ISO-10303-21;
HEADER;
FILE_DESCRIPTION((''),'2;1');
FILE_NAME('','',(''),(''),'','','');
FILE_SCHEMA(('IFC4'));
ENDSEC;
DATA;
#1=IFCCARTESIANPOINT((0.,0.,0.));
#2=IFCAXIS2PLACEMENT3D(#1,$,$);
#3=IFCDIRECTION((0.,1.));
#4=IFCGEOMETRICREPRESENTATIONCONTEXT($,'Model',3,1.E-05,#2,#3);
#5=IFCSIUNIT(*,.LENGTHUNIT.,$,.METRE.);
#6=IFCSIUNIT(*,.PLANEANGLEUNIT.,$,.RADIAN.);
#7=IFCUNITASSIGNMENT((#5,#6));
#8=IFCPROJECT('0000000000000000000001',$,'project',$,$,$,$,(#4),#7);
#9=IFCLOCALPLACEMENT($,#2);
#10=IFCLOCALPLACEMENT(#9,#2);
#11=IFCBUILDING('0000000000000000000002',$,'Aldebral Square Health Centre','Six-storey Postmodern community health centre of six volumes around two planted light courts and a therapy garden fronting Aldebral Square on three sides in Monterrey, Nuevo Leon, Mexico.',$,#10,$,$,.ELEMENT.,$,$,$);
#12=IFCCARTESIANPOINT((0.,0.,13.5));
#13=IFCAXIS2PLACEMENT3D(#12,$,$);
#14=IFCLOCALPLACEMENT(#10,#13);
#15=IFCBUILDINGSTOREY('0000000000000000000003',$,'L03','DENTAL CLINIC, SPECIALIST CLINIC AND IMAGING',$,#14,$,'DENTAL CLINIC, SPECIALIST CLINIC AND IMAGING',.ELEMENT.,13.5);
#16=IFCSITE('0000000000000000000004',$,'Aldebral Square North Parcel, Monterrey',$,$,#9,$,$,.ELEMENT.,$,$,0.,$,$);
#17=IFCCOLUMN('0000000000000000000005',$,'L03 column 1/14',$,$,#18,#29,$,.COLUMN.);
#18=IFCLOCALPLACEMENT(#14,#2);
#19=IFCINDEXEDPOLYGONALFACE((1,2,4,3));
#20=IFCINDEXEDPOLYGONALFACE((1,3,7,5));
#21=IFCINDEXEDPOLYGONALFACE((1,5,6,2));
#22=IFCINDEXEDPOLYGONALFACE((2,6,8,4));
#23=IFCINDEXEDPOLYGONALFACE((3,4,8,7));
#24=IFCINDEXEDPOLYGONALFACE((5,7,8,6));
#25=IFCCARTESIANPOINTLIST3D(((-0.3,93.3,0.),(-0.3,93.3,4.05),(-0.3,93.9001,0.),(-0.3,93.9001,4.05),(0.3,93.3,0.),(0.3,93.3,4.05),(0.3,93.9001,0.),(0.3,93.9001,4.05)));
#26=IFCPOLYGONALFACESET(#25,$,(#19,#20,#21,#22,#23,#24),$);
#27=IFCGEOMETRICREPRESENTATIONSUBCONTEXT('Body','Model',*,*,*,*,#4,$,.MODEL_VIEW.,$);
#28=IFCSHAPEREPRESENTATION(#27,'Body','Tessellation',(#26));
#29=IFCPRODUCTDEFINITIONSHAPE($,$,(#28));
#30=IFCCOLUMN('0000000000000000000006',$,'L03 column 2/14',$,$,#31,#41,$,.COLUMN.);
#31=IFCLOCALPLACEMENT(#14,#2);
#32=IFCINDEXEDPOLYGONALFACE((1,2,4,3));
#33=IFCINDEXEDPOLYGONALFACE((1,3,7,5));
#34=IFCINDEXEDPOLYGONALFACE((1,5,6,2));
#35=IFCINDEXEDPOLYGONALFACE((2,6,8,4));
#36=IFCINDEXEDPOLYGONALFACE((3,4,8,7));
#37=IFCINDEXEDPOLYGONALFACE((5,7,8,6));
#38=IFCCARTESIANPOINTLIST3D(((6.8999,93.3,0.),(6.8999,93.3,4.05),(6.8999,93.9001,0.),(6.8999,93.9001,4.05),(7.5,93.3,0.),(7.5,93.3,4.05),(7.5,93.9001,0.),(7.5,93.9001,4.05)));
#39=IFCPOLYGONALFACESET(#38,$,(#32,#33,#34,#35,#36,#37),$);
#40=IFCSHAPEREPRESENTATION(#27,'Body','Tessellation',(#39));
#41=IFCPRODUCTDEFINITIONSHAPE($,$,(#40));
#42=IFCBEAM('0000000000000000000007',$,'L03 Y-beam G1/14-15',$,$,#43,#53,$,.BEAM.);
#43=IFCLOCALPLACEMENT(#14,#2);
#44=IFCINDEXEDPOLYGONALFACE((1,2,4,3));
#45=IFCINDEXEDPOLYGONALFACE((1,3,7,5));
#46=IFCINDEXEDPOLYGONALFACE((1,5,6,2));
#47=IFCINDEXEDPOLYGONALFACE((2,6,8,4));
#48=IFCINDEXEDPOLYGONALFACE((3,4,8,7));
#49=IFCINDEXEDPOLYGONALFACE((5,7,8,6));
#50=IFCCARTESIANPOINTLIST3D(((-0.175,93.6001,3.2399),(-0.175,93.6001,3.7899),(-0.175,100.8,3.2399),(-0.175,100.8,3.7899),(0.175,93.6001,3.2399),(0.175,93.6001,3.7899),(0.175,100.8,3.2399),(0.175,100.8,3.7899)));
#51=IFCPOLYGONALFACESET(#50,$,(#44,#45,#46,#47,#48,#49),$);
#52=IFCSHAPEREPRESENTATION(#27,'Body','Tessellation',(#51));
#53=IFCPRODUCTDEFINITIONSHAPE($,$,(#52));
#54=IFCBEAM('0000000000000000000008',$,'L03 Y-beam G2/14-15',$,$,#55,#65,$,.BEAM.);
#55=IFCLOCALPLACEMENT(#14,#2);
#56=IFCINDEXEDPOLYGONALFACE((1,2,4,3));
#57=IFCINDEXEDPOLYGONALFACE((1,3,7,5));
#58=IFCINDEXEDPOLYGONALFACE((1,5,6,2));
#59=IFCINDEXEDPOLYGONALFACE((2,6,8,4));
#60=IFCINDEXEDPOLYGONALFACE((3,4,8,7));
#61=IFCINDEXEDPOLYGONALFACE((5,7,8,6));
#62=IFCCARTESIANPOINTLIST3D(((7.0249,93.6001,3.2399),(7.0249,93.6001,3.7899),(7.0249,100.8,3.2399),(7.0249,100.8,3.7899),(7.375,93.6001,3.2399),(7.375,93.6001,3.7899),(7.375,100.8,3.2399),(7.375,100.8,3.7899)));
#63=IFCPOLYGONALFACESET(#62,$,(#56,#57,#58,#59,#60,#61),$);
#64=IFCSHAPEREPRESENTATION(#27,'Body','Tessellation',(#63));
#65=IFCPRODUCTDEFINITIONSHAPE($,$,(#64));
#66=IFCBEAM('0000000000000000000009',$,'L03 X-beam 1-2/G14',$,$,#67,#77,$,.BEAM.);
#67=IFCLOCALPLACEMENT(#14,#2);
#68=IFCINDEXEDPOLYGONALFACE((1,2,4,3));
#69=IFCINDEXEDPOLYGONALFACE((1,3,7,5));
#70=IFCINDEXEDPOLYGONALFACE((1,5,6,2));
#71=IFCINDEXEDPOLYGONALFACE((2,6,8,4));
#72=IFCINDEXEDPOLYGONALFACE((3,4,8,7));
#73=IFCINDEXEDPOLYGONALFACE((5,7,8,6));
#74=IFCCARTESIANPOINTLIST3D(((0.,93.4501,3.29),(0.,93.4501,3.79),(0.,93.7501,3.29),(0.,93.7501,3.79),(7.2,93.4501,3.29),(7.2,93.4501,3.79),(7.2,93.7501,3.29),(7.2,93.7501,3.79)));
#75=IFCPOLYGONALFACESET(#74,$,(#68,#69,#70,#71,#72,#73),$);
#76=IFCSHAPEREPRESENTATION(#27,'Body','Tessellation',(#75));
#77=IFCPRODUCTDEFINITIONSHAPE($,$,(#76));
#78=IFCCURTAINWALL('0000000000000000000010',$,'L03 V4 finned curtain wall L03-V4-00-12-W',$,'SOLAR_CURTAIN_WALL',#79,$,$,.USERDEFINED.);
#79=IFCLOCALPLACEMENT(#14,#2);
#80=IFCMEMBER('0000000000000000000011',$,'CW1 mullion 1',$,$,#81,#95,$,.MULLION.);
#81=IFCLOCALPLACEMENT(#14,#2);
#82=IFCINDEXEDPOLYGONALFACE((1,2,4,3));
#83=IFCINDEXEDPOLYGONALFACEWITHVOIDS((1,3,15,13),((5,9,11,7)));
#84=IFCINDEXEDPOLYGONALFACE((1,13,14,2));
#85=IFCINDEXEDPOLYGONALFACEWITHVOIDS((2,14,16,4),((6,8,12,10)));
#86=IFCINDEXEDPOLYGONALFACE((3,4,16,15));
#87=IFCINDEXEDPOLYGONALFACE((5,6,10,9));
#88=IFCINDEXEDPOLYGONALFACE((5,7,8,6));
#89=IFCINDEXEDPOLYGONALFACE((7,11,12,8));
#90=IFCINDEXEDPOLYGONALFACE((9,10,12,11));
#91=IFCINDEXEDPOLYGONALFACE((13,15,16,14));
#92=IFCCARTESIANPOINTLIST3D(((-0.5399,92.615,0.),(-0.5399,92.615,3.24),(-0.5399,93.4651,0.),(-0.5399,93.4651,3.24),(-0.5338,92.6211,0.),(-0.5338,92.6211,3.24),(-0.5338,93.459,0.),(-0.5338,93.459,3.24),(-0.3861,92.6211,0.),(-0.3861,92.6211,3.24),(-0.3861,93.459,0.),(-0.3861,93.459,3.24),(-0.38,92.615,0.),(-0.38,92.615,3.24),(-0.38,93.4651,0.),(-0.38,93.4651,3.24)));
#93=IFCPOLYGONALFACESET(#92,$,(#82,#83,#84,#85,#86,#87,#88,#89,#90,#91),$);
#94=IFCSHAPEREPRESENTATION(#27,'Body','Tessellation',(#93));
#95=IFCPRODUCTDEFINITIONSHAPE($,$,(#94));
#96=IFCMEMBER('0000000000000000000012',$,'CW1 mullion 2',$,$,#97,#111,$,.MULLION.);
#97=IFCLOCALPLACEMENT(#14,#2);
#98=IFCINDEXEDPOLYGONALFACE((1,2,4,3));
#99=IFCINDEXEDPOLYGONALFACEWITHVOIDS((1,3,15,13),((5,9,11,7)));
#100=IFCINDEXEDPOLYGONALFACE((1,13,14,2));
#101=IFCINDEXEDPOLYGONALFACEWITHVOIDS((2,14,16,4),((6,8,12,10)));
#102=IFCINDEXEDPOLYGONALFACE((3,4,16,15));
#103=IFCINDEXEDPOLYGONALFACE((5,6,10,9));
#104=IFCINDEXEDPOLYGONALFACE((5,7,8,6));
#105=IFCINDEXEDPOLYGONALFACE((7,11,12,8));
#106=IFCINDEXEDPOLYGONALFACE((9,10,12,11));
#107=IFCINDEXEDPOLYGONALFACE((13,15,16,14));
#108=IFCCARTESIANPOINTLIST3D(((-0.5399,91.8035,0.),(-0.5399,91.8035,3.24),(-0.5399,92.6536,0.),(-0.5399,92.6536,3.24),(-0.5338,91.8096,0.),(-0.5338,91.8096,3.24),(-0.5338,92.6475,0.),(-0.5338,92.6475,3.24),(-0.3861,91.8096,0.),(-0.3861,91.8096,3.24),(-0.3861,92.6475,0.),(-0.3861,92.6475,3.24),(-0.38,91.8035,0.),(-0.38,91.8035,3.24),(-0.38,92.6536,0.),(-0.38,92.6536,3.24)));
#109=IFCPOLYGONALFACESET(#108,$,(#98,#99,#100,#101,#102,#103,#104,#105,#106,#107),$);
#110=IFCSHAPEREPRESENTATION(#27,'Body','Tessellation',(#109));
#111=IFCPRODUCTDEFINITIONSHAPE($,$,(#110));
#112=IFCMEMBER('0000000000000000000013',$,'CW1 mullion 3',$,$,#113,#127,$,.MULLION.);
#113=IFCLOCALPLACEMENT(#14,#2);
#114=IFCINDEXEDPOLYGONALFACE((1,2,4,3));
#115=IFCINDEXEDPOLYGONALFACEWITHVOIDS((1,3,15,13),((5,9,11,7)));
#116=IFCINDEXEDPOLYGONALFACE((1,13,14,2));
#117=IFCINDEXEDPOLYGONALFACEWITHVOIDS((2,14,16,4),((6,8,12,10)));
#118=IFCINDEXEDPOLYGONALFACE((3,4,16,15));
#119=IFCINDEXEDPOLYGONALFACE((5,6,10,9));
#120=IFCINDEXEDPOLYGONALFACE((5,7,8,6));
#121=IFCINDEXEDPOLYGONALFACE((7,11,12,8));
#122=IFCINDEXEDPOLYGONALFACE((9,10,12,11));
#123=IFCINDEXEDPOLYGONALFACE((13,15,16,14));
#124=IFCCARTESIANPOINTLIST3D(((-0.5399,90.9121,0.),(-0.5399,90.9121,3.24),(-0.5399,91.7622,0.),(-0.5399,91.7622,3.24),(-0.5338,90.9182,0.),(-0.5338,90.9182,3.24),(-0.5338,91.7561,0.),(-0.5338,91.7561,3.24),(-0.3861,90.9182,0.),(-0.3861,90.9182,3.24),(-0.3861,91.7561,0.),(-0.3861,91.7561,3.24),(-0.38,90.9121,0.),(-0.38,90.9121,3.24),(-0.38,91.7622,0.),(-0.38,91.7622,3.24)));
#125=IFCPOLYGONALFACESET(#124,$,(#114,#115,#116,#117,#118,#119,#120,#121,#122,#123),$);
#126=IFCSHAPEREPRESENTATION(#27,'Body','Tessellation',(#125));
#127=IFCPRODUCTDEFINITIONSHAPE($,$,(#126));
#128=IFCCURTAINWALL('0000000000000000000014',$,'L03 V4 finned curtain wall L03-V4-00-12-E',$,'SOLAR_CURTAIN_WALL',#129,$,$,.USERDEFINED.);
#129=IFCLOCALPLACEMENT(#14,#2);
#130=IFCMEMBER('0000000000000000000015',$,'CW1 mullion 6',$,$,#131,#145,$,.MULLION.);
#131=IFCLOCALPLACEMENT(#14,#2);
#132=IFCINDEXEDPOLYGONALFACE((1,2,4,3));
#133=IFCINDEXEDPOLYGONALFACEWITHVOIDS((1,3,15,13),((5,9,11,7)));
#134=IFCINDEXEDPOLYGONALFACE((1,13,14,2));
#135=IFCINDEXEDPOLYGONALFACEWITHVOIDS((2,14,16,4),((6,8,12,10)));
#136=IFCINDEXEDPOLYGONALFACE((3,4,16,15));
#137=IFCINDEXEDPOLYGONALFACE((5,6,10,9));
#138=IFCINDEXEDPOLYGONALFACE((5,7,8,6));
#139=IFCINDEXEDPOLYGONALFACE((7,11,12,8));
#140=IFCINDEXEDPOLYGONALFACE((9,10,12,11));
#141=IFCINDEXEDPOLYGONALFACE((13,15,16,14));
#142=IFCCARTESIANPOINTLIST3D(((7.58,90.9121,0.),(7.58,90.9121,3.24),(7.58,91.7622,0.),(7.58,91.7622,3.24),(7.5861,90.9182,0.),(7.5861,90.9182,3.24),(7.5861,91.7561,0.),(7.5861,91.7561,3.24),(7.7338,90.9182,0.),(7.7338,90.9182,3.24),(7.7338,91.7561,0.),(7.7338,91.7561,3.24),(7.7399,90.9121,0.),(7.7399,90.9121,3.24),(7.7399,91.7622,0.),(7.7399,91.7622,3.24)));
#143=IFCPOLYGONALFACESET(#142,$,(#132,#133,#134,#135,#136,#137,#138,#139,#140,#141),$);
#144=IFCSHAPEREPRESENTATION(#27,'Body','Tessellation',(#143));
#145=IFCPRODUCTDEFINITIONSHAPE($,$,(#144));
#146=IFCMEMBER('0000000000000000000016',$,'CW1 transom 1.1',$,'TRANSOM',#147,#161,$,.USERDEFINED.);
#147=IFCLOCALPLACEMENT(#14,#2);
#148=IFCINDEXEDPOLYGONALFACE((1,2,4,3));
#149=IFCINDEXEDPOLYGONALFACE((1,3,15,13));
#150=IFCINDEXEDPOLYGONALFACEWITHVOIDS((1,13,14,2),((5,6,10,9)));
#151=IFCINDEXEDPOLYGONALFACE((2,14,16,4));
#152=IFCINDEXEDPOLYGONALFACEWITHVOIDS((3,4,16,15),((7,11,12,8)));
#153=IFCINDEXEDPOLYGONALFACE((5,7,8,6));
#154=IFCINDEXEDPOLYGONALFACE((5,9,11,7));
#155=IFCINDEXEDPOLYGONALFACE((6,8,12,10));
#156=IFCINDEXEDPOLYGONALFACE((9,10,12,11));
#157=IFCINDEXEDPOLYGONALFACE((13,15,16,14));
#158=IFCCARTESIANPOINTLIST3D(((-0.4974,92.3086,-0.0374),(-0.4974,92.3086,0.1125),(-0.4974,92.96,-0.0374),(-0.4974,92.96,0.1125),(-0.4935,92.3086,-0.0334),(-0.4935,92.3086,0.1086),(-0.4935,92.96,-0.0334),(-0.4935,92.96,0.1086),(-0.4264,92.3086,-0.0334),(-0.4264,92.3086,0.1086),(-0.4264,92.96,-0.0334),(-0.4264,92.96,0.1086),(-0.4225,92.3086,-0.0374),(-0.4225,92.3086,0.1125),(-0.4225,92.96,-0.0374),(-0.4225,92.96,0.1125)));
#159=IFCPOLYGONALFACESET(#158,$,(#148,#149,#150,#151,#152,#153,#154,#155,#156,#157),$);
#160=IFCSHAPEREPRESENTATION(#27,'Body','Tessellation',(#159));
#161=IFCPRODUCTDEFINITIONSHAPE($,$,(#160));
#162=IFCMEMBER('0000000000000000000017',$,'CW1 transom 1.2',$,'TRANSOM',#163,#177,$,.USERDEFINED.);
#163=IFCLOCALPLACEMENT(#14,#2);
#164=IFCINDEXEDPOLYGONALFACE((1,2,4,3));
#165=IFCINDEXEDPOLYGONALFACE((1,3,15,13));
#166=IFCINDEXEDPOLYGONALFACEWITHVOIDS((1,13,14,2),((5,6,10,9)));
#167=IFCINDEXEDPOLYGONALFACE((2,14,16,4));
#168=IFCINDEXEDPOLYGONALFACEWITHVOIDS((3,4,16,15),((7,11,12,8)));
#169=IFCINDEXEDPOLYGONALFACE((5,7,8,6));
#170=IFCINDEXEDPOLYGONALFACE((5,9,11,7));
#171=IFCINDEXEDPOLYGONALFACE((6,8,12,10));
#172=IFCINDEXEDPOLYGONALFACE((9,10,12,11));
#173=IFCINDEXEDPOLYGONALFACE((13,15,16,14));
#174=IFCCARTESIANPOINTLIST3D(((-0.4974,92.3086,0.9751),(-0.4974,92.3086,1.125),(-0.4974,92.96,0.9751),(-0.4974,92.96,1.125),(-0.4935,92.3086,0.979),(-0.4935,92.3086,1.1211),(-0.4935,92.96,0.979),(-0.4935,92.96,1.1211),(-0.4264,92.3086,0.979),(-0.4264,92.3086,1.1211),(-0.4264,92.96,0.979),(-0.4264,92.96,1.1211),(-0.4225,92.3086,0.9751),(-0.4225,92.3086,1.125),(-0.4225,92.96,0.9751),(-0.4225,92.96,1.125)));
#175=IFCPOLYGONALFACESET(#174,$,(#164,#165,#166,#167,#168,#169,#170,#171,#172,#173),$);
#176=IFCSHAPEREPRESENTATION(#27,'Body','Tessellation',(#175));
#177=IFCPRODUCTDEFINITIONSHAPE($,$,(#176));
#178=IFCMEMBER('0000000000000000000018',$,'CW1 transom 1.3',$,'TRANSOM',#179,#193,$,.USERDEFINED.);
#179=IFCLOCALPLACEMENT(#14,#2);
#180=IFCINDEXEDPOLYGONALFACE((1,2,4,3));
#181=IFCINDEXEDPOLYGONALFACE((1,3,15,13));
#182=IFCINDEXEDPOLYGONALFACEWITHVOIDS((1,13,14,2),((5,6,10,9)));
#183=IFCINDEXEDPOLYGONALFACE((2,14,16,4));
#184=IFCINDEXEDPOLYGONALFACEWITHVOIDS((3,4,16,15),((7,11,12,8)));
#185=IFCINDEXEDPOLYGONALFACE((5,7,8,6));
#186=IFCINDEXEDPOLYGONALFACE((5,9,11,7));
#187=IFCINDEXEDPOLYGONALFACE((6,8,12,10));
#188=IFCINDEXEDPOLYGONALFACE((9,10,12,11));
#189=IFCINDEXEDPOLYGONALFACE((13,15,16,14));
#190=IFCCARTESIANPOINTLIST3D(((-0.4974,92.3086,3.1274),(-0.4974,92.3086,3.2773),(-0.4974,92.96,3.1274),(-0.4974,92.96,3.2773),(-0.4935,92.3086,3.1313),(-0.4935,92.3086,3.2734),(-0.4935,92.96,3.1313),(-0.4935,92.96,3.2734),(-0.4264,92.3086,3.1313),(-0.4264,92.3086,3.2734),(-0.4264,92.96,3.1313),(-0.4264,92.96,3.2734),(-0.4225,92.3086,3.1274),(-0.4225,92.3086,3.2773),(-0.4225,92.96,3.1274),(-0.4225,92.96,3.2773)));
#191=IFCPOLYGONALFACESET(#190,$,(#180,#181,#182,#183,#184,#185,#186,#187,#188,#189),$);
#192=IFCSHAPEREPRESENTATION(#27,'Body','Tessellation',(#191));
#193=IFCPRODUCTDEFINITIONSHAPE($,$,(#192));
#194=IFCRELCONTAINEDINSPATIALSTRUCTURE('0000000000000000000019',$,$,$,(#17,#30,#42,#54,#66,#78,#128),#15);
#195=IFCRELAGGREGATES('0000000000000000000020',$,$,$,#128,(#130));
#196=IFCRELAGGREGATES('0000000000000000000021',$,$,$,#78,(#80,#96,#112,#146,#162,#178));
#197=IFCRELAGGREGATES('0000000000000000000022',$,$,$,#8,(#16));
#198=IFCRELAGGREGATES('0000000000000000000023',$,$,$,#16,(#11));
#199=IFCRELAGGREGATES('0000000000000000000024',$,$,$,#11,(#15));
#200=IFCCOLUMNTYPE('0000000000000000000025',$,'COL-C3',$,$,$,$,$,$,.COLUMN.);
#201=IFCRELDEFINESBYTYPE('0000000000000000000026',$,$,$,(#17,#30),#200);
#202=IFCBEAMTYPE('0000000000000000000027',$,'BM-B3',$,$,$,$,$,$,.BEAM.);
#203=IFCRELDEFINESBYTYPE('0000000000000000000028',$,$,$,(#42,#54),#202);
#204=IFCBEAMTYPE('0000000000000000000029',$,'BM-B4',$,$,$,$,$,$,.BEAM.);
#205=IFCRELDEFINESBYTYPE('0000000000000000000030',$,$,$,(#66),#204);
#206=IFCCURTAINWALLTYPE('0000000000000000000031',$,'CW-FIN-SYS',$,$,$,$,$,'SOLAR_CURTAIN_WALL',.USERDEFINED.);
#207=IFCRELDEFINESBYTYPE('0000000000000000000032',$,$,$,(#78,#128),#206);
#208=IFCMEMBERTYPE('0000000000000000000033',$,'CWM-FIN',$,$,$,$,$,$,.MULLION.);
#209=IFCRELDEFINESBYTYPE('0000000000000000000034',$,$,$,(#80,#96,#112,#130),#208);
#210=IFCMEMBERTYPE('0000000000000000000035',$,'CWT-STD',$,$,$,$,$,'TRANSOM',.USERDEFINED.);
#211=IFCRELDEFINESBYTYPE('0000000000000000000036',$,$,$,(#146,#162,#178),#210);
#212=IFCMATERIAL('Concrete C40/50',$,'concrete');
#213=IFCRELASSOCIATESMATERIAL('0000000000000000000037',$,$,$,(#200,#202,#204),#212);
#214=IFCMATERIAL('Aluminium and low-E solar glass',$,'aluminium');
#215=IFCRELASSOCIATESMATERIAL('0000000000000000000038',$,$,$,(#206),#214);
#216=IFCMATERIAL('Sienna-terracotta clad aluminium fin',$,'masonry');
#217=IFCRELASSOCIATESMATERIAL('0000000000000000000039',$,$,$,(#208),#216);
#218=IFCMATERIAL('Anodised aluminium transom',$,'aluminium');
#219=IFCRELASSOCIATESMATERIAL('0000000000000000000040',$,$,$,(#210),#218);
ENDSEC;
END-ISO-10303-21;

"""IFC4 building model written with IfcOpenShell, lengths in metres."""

from ifc_helpers import new_model, si_unit, direction, frame, origin, origin_2d, place, context, subcontext, project, spatial, rectangle, hollow_rectangle, extrude, material, material_profile, profile_set, type_object, element, aggregate, save


model = new_model("IFC4")

# Units and contexts
model_context = context("Model", 3, precision=1e-05, world=origin(), true_north=direction((0.0, 1.0)))
body_context = subcontext(model_context, "Body", "Model", "MODEL_VIEW")
ifc_project = project(units=[si_unit("LENGTHUNIT", "METRE"), si_unit("PLANEANGLEUNIT", "RADIAN")], contexts=[model_context])

# Site, building, storey
site_placement = place(None, origin())
site = spatial("IfcSite", under=ifc_project, at=site_placement, Name="Aldebral Square North Parcel, Monterrey", CompositionType="ELEMENT", RefElevation=0.0)
building_placement = place(site_placement, origin())
building = spatial("IfcBuilding", under=site, at=building_placement, Name="Aldebral Square Health Centre", Description="Six-storey Postmodern community health centre of six volumes around two planted light courts and a therapy garden fronting Aldebral Square on three sides in Monterrey, Nuevo Leon, Mexico.", CompositionType="ELEMENT")
storey_placement = place(building_placement, frame((0.0, 0.0, 13.5)))
storey = spatial("IfcBuildingStorey", under=building, at=storey_placement, Name="L03", Description="DENTAL CLINIC, SPECIALIST CLINIC AND IMAGING", LongName="DENTAL CLINIC, SPECIALIST CLINIC AND IMAGING", CompositionType="ELEMENT", Elevation=13.5)

# Columns
ifc_material_1 = material(Name="Concrete C40/50", Category="concrete")
ifc_material_profile_1 = material_profile(ifc_material_1, rectangle(XDim=0.6001, YDim=0.6001, at=origin_2d()), Name="RC 600x600")
ifc_profile_set_1 = profile_set([ifc_material_profile_1], Name="Concrete C40/50")
column_type = type_object("IfcColumnType", Name="COL-C3", PredefinedType="COLUMN", material=ifc_profile_set_1)
for number, where, z_axis, x_axis, name in (
    (1, (0.0, 93.6001, 0.0), (0.0, 0.0, 1.0), (1.0, 0.0, 0.0), "L03 column 1/14"),
    (2, (7.2, 93.6001, 0.0), (0.0, 0.0, 1.0), (1.0, 0.0, 0.0), "L03 column 2/14"),
):
    element("IfcColumn", number, at=place(storey_placement, frame(where, z_axis=z_axis, x_axis=x_axis)), inside=storey, type_object=column_type, Name=name, PredefinedType="COLUMN", context=body_context, shape_type="SweptSolid", body=[
        extrude(rectangle(XDim=0.6001, YDim=0.6001, at=origin_2d()), origin(), (0.0, 0.0, 1.0), 4.05),
    ])

# Beams
ifc_material_profile_2 = material_profile(ifc_material_1, rectangle(XDim=0.3501, YDim=0.55, at=origin_2d()), Name="RC 350x550")
ifc_profile_set_2 = profile_set([ifc_material_profile_2], Name="Concrete C40/50")
beam_type_1 = type_object("IfcBeamType", Name="BM-B3", PredefinedType="BEAM", material=ifc_profile_set_2)
for number, where, z_axis, x_axis, name in (
    (3, (0.0, 93.6001, 3.5149), (0.0, 1.0, 0.0), (-1.0, 0.0, 0.0), "L03 Y-beam G1/14-15"),
    (4, (7.2, 93.6001, 3.5149), (0.0, 1.0, 0.0), (-1.0, 0.0, 0.0), "L03 Y-beam G2/14-15"),
):
    element("IfcBeam", number, at=place(storey_placement, frame(where, z_axis=z_axis, x_axis=x_axis)), inside=storey, type_object=beam_type_1, Name=name, PredefinedType="BEAM", context=body_context, shape_type="SweptSolid", body=[
        extrude(rectangle(XDim=0.3501, YDim=0.55, at=origin_2d()), origin(), (0.0, 0.0, 1.0), 7.2),
    ])
ifc_material_profile_3 = material_profile(ifc_material_1, rectangle(XDim=0.3, YDim=0.5, at=origin_2d()), Name="RC 300x500")
ifc_profile_set_3 = profile_set([ifc_material_profile_3], Name="Concrete C40/50")
beam_type_2 = type_object("IfcBeamType", Name="BM-B4", PredefinedType="BEAM", material=ifc_profile_set_3)
beam_placement = place(storey_placement, frame((0.0, 93.6001, 3.54), z_axis=(1.0, 0.0, 0.0), x_axis=(0.0, 1.0, 0.0)))
element("IfcBeam", 5, at=beam_placement, inside=storey, type_object=beam_type_2, Name="L03 X-beam 1-2/G14", PredefinedType="BEAM", context=body_context, shape_type="SweptSolid", body=[
    extrude(rectangle(XDim=0.3, YDim=0.5, at=origin_2d()), origin(), (0.0, 0.0, 1.0), 7.2),
])

# Curtain wall, members
ifc_material_2 = material(Name="Aluminium and low-E solar glass", Category="aluminium")
curtain_wall_type = type_object("IfcCurtainWallType", Name="CW-FIN-SYS", ElementType="SOLAR_CURTAIN_WALL", PredefinedType="USERDEFINED", material=ifc_material_2)
curtain_wall_1_placement = place(storey_placement, origin())
curtain_wall_1 = element("IfcCurtainWall", 6, at=curtain_wall_1_placement, inside=storey, type_object=curtain_wall_type, Name="L03 V4 finned curtain wall L03-V4-00-12-W", ObjectType="SOLAR_CURTAIN_WALL", PredefinedType="USERDEFINED")
ifc_material_3 = material(Name="Sienna-terracotta clad aluminium fin", Category="masonry")
ifc_material_profile_4 = material_profile(ifc_material_3, hollow_rectangle(XDim=0.1599, YDim=0.8501, WallThickness=0.0061, at=origin_2d()), Name="FIN 160x850x6")
ifc_profile_set_4 = profile_set([ifc_material_profile_4], Name="Sienna-terracotta clad aluminium fin")
member_type_1 = type_object("IfcMemberType", Name="CWM-FIN", PredefinedType="MULLION", material=ifc_profile_set_4)
member_1_placement = place(storey_placement, frame((-0.46, 93.04, 0.0), z_axis=(0.0, 0.0, 1.0), x_axis=(1.0, 0.0, 0.0)))
member_1 = element("IfcMember", 7, at=member_1_placement, type_object=member_type_1, Name="CW1 mullion 1", PredefinedType="MULLION", context=body_context, shape_type="SweptSolid", body=[
    extrude(hollow_rectangle(XDim=0.1599, YDim=0.8501, WallThickness=0.0061, at=origin_2d()), origin(), (0.0, 0.0, 1.0), 3.24),
])
member_2_placement = place(storey_placement, frame((-0.46, 92.2285, 0.0), z_axis=(0.0, 0.0, 1.0), x_axis=(1.0, 0.0, 0.0)))
member_2 = element("IfcMember", 8, at=member_2_placement, type_object=member_type_1, Name="CW1 mullion 2", PredefinedType="MULLION", context=body_context, shape_type="SweptSolid", body=[
    extrude(hollow_rectangle(XDim=0.1599, YDim=0.8501, WallThickness=0.0061, at=origin_2d()), origin(), (0.0, 0.0, 1.0), 3.24),
])
member_3_placement = place(storey_placement, frame((-0.46, 91.3372, 0.0), z_axis=(0.0, 0.0, 1.0), x_axis=(1.0, 0.0, 0.0)))
member_3 = element("IfcMember", 9, at=member_3_placement, type_object=member_type_1, Name="CW1 mullion 3", PredefinedType="MULLION", context=body_context, shape_type="SweptSolid", body=[
    extrude(hollow_rectangle(XDim=0.1599, YDim=0.8501, WallThickness=0.0061, at=origin_2d()), origin(), (0.0, 0.0, 1.0), 3.24),
])

# Curtain wall, member
curtain_wall_2_placement = place(storey_placement, origin())
curtain_wall_2 = element("IfcCurtainWall", 10, at=curtain_wall_2_placement, inside=storey, type_object=curtain_wall_type, Name="L03 V4 finned curtain wall L03-V4-00-12-E", ObjectType="SOLAR_CURTAIN_WALL", PredefinedType="USERDEFINED")
member_4_placement = place(storey_placement, frame((7.6599, 91.3372, 0.0), z_axis=(0.0, 0.0, 1.0), x_axis=(-1.0, 0.0, 0.0)))
member_4 = element("IfcMember", 11, at=member_4_placement, type_object=member_type_1, Name="CW1 mullion 6", PredefinedType="MULLION", context=body_context, shape_type="SweptSolid", body=[
    extrude(hollow_rectangle(XDim=0.1599, YDim=0.8501, WallThickness=0.0061, at=origin_2d()), origin(), (0.0, 0.0, 1.0), 3.24),
])

# Members
ifc_material_4 = material(Name="Anodised aluminium transom", Category="aluminium")
ifc_material_profile_5 = material_profile(ifc_material_4, hollow_rectangle(XDim=0.075, YDim=0.1499, WallThickness=0.0039, at=origin_2d()), Name="CWT 75x150x4")
ifc_profile_set_5 = profile_set([ifc_material_profile_5], Name="Anodised aluminium transom")
member_type_2 = type_object("IfcMemberType", Name="CWT-STD", ElementType="TRANSOM", PredefinedType="USERDEFINED", material=ifc_profile_set_5)
member_5_placement = place(storey_placement, frame((-0.46, 92.96, 0.0376), z_axis=(0.0, -1.0, 0.0), x_axis=(1.0, 0.0, 0.0)))
member_5 = element("IfcMember", 12, at=member_5_placement, type_object=member_type_2, Name="CW1 transom 1.1", ObjectType="TRANSOM", PredefinedType="USERDEFINED", context=body_context, shape_type="SweptSolid", body=[
    extrude(hollow_rectangle(XDim=0.075, YDim=0.1499, WallThickness=0.0039, at=origin_2d()), origin(), (0.0, 0.0, 1.0), 0.6514),
])
member_6_placement = place(storey_placement, frame((-0.46, 92.96, 1.05), z_axis=(0.0, -1.0, 0.0), x_axis=(1.0, 0.0, 0.0)))
member_6 = element("IfcMember", 13, at=member_6_placement, type_object=member_type_2, Name="CW1 transom 1.2", ObjectType="TRANSOM", PredefinedType="USERDEFINED", context=body_context, shape_type="SweptSolid", body=[
    extrude(hollow_rectangle(XDim=0.075, YDim=0.1499, WallThickness=0.0039, at=origin_2d()), origin(), (0.0, 0.0, 1.0), 0.6514),
])
member_7_placement = place(storey_placement, frame((-0.46, 92.96, 3.2024), z_axis=(0.0, -1.0, 0.0), x_axis=(1.0, 0.0, 0.0)))
member_7 = element("IfcMember", 14, at=member_7_placement, type_object=member_type_2, Name="CW1 transom 1.3", ObjectType="TRANSOM", PredefinedType="USERDEFINED", context=body_context, shape_type="SweptSolid", body=[
    extrude(hollow_rectangle(XDim=0.075, YDim=0.1499, WallThickness=0.0039, at=origin_2d()), origin(), (0.0, 0.0, 1.0), 0.6514),
])
aggregate(curtain_wall_2, [member_4])

aggregate(curtain_wall_1, [member_1, member_2, member_3, member_5, member_6, member_7])

save(model, "model.ifc")
